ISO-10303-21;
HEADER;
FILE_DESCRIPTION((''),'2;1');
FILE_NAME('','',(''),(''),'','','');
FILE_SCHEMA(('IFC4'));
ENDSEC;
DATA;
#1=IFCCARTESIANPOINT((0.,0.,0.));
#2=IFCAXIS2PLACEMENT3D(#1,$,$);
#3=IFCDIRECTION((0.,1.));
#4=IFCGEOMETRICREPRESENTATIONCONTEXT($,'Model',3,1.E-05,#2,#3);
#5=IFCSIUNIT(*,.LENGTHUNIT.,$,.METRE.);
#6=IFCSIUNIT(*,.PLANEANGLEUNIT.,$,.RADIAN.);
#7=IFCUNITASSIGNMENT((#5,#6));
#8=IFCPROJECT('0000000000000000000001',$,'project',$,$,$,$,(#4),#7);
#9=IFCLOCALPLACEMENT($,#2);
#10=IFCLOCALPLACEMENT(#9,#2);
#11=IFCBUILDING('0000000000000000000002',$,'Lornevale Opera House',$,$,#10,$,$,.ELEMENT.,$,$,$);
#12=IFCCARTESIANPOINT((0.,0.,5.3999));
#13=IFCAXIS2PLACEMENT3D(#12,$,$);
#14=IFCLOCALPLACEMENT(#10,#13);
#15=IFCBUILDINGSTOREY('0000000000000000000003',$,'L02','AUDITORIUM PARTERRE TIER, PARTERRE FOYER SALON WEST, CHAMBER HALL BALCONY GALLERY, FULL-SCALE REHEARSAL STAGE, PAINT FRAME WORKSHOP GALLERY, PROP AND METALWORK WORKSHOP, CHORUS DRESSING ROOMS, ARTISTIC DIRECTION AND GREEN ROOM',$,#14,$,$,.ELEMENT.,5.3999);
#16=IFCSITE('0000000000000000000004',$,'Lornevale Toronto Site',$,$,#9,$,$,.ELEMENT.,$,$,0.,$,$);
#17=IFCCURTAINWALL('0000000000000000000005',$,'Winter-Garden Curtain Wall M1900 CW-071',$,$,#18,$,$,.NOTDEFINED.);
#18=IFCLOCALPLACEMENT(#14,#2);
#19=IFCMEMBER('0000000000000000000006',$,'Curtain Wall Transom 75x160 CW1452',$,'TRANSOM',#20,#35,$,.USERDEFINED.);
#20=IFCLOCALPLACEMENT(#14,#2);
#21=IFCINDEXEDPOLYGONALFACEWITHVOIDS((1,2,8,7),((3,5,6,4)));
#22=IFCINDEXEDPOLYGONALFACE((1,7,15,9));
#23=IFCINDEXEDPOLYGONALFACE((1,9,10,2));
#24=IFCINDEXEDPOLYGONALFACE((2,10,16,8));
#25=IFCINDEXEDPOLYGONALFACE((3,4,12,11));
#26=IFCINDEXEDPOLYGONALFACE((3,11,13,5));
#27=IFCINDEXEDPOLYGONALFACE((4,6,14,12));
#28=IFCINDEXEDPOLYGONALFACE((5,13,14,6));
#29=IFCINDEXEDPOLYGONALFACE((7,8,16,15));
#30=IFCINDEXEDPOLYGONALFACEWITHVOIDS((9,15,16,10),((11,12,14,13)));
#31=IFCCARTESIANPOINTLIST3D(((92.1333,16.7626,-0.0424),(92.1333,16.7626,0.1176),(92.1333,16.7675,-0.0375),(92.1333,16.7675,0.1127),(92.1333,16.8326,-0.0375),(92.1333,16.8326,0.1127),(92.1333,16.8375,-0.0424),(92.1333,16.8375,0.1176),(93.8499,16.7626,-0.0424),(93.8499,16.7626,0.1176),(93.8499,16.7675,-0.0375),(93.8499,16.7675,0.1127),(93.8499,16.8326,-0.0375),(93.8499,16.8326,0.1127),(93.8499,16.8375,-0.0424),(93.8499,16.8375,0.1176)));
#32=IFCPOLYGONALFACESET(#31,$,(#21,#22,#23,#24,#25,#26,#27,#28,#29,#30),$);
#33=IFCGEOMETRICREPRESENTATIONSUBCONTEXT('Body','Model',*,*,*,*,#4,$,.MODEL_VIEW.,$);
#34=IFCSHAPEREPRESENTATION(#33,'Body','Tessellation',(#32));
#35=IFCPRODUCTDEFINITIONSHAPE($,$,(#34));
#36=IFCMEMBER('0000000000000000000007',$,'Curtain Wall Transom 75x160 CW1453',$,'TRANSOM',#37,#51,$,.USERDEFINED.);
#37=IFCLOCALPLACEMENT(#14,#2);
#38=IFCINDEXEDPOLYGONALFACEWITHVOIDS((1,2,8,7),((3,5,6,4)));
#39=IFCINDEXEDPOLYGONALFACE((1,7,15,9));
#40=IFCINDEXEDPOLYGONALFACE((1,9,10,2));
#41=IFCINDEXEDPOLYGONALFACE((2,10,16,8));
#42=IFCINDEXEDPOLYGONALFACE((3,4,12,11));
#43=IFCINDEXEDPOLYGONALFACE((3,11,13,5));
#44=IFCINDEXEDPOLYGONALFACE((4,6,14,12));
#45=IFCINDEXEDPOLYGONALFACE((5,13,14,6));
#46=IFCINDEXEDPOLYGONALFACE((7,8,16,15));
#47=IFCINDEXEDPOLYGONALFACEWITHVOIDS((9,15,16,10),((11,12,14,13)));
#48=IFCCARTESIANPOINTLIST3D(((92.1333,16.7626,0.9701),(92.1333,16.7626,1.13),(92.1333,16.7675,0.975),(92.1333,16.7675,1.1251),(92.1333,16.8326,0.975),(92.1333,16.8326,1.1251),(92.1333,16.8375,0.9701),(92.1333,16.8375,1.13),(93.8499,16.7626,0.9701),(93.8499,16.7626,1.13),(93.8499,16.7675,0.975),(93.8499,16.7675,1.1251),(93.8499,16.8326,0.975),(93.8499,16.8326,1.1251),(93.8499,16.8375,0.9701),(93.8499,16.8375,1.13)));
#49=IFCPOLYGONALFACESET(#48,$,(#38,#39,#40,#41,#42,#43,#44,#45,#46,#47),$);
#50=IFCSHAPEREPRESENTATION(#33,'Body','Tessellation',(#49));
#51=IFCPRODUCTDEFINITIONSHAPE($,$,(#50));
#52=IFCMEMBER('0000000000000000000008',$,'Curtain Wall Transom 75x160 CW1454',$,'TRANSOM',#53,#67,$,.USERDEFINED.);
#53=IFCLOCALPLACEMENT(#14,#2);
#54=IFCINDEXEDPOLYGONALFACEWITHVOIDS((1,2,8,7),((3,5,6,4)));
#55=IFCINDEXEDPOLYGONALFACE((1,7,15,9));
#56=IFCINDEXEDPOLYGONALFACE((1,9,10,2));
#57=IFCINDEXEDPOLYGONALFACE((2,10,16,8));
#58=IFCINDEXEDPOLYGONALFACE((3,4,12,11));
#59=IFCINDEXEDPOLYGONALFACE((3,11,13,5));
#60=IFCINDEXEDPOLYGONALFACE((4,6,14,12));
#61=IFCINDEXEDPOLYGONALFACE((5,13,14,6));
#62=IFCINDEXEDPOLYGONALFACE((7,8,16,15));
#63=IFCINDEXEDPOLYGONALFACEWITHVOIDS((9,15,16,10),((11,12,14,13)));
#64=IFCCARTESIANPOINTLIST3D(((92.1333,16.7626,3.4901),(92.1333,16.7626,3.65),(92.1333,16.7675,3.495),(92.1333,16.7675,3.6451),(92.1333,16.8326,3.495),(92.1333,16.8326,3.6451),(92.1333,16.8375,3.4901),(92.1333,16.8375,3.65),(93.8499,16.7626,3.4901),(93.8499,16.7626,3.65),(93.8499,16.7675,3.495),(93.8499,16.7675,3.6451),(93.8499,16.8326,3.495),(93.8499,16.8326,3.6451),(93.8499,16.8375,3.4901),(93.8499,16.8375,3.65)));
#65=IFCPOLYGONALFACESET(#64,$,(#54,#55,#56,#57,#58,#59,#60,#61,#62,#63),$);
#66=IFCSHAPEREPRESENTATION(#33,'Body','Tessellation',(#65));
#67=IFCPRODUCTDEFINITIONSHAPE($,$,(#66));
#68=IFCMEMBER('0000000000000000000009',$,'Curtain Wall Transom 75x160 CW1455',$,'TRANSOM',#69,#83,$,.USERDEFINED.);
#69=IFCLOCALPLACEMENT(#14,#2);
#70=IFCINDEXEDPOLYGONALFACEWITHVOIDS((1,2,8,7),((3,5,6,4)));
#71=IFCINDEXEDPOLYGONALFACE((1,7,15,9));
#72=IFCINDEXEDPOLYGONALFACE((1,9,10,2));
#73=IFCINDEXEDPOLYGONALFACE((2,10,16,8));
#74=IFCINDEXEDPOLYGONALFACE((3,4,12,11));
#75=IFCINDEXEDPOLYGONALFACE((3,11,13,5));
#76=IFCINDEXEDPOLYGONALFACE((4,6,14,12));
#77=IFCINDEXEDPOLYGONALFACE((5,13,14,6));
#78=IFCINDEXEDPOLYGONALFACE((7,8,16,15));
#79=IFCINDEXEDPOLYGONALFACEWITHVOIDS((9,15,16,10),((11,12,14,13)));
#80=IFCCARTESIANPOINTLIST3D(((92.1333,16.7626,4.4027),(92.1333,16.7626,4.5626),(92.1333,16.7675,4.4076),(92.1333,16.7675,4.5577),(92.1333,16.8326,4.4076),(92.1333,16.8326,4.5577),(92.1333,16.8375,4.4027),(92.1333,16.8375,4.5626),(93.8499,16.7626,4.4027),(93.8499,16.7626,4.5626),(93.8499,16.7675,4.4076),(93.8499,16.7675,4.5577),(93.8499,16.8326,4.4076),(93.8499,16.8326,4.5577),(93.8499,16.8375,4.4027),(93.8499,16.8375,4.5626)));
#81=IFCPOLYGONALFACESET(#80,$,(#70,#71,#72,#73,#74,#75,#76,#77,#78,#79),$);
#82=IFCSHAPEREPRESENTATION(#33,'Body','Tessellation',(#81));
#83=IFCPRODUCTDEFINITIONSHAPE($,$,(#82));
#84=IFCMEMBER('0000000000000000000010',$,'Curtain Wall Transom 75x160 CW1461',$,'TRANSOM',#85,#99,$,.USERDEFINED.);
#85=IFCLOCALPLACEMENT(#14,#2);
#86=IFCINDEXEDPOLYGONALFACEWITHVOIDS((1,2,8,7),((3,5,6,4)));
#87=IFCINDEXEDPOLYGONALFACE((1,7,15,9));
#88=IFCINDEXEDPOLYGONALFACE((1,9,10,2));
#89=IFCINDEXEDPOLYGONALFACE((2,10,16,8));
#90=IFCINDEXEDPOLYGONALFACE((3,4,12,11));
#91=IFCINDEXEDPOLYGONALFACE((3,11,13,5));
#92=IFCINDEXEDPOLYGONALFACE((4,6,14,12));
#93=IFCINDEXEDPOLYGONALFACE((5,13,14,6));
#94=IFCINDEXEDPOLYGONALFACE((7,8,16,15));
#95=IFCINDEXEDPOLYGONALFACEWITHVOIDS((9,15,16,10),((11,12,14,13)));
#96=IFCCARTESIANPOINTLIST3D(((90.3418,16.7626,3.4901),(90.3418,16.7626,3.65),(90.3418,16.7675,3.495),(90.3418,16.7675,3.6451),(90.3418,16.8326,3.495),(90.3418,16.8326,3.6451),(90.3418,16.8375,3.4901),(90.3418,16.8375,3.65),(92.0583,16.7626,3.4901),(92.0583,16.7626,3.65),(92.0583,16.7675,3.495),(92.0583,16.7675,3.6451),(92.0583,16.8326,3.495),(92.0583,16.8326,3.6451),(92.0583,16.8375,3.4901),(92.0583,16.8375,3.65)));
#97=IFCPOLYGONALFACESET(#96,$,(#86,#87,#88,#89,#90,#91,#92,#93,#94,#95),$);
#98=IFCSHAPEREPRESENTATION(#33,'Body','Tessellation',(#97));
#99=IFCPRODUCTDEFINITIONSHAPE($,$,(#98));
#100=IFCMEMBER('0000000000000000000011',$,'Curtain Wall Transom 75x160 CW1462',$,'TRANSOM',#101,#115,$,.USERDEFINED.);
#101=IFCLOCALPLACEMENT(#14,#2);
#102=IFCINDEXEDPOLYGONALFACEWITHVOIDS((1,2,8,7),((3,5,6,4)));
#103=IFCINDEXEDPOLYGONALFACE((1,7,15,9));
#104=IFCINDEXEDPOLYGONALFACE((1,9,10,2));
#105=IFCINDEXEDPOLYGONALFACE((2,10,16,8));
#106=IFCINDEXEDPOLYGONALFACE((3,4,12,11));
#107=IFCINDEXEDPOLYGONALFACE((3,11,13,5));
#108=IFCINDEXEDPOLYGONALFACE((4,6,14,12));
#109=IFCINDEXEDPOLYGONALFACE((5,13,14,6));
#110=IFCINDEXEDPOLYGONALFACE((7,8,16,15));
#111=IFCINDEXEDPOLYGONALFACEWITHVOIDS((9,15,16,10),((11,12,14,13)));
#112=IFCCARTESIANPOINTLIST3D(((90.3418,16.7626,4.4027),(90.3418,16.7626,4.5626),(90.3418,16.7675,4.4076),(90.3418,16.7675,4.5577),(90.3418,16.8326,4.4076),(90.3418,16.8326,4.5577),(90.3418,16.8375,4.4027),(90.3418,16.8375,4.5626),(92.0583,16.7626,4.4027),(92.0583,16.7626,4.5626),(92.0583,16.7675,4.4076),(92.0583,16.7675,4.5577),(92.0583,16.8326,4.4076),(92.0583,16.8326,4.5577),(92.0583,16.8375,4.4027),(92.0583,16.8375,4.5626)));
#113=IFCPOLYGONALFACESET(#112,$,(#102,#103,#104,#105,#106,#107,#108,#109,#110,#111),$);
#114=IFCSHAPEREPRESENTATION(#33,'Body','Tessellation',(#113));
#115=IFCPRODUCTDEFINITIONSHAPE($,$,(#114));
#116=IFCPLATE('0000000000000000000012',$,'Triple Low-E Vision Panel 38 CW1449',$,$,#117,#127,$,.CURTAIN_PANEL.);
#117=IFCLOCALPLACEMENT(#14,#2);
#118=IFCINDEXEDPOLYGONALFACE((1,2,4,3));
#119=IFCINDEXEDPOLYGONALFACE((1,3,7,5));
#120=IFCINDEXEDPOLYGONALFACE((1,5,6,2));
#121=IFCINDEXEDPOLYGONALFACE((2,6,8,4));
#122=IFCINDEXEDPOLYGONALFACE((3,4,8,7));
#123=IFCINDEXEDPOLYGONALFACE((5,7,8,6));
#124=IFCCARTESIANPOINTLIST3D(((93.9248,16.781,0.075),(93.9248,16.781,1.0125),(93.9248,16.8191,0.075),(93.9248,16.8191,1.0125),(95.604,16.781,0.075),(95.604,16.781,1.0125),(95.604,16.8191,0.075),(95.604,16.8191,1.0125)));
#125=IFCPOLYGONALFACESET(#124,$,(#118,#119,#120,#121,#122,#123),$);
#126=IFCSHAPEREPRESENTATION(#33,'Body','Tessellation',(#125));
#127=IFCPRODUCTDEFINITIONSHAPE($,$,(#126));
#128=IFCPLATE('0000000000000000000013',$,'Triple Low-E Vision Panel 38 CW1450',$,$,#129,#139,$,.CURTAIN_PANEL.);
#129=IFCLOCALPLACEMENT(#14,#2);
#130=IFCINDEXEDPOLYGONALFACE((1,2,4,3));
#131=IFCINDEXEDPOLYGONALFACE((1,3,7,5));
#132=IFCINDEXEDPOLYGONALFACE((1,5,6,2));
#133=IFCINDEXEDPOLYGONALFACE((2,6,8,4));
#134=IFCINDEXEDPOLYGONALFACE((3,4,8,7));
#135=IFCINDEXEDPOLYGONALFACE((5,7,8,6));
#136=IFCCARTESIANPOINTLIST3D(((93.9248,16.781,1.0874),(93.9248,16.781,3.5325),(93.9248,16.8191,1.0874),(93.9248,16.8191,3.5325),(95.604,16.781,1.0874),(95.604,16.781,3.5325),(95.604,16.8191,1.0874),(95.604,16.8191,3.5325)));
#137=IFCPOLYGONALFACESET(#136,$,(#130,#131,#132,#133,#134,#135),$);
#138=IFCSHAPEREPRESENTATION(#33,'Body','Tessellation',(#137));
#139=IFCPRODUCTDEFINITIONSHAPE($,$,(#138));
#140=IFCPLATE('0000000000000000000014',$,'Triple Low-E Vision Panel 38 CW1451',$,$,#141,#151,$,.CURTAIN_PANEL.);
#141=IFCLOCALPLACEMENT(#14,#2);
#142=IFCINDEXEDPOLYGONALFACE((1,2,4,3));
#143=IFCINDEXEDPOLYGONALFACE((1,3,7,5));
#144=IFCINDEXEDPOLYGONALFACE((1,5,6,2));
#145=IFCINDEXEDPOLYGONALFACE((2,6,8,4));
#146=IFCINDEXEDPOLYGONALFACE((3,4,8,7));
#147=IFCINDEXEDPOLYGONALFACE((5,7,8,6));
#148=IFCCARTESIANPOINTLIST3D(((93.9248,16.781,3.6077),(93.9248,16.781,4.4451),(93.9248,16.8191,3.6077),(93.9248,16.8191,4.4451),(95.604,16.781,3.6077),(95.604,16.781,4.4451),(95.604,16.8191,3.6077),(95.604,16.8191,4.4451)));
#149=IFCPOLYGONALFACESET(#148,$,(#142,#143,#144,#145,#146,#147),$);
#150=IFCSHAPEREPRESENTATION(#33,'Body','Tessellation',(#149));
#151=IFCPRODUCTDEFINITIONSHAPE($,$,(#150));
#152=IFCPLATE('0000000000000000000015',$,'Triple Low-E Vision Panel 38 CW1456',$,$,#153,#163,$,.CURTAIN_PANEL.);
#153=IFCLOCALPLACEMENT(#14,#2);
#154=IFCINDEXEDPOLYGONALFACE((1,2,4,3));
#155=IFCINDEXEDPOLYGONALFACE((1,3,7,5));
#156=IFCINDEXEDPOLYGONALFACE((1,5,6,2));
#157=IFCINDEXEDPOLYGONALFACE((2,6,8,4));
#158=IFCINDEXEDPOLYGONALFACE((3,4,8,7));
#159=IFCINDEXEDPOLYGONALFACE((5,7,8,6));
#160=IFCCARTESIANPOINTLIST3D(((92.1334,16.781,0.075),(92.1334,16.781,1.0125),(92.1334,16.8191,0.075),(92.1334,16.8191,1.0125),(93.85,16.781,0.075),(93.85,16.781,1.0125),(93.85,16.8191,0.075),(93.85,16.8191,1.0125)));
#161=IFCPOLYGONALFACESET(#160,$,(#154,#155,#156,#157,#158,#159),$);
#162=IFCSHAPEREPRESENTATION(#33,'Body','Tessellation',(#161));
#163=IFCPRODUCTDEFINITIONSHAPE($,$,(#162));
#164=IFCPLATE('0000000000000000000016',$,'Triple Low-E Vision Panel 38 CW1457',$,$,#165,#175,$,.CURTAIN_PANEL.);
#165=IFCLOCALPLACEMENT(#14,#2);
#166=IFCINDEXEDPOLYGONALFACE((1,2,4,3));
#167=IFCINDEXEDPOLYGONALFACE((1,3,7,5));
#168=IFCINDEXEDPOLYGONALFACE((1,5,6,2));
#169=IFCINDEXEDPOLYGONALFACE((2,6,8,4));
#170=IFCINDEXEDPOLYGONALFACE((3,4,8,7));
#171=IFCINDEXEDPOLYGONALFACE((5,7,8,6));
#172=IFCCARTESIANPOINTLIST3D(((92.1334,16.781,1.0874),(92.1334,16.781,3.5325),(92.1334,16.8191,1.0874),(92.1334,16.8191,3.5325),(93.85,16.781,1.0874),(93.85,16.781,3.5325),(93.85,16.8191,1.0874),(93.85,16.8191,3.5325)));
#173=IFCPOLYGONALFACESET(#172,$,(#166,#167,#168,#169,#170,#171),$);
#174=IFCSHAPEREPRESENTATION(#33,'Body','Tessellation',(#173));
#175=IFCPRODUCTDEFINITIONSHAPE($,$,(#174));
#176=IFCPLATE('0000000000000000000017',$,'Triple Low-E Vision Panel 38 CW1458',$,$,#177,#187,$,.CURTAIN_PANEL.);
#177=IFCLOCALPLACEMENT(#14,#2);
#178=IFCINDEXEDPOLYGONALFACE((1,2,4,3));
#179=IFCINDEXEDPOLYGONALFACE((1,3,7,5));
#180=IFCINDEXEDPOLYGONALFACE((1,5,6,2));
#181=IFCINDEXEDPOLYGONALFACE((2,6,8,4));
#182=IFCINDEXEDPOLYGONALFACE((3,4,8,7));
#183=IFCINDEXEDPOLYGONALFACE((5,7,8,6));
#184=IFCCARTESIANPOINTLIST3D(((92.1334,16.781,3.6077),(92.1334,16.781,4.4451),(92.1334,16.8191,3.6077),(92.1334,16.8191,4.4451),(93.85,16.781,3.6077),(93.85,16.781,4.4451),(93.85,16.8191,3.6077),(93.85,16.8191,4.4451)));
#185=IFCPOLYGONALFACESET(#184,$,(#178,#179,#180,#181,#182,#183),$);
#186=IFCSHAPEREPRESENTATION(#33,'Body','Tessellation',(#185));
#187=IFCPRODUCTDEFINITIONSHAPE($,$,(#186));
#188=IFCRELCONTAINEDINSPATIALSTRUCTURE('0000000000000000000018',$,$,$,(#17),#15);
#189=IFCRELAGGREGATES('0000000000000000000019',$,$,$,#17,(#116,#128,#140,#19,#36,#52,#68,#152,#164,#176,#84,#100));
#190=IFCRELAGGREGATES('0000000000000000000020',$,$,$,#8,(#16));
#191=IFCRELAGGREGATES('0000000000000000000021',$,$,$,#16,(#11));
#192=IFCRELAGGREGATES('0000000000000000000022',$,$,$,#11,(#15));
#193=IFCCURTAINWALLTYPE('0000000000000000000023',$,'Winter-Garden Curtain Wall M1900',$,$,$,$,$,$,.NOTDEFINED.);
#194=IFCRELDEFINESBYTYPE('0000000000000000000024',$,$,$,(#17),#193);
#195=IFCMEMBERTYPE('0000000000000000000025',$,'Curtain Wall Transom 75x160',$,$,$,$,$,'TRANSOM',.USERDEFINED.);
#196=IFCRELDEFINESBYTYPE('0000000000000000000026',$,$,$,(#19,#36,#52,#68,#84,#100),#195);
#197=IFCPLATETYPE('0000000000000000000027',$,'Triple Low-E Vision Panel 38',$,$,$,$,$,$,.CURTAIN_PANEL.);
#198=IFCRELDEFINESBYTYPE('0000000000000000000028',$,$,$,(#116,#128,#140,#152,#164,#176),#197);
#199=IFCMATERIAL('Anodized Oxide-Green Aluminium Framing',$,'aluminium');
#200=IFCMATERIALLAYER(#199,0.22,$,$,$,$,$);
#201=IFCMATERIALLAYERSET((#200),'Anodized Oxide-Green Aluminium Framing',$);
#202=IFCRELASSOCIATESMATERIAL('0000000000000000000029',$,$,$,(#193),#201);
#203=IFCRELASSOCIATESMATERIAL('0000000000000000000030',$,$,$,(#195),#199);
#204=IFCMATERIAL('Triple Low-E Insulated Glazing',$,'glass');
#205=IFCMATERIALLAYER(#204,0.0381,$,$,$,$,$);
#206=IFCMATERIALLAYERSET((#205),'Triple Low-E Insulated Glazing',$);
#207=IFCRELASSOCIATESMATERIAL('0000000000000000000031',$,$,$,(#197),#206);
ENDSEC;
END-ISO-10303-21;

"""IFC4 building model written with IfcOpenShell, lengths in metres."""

from ifc_helpers import new_model, si_unit, direction, frame, origin, origin_2d, place, context, subcontext, project, spatial, rectangle, hollow_rectangle, extrude, material, layer, layer_set, material_profile, profile_set, type_object, element, aggregate, save


model = new_model("IFC4")

# Units and contexts
model_context = context("Model", 3, precision=1e-05, world=origin(), true_north=direction((0.0, 1.0)))
body_context = subcontext(model_context, "Body", "Model", "MODEL_VIEW")
ifc_project = project(units=[si_unit("LENGTHUNIT", "METRE"), si_unit("PLANEANGLEUNIT", "RADIAN")], contexts=[model_context])

# Site, building, storey
site_placement = place(None, origin())
site = spatial("IfcSite", under=ifc_project, at=site_placement, Name="Lornevale Toronto Site", CompositionType="ELEMENT", RefElevation=0.0)
building_placement = place(site_placement, origin())
building = spatial("IfcBuilding", under=site, at=building_placement, Name="Lornevale Opera House", CompositionType="ELEMENT")
storey_placement = place(building_placement, frame((0.0, 0.0, 5.3999)))
storey = spatial("IfcBuildingStorey", under=building, at=storey_placement, Name="L02", Description="AUDITORIUM PARTERRE TIER, PARTERRE FOYER SALON WEST, CHAMBER HALL BALCONY GALLERY, FULL-SCALE REHEARSAL STAGE, PAINT FRAME WORKSHOP GALLERY, PROP AND METALWORK WORKSHOP, CHORUS DRESSING ROOMS, ARTISTIC DIRECTION AND GREEN ROOM", CompositionType="ELEMENT", Elevation=5.3999)

# Curtain wall, members, plates
ifc_material_1 = material(Name="Anodized Oxide-Green Aluminium Framing", Category="aluminium")
ifc_layer_1 = layer(ifc_material_1, 0.22)
ifc_layer_set_1 = layer_set([ifc_layer_1], Name="Anodized Oxide-Green Aluminium Framing")
curtain_wall_type = type_object("IfcCurtainWallType", Name="Winter-Garden Curtain Wall M1900", PredefinedType="NOTDEFINED", material=ifc_layer_set_1)
curtain_wall_placement = place(storey_placement, origin())
curtain_wall = element("IfcCurtainWall", 1, at=curtain_wall_placement, inside=storey, type_object=curtain_wall_type, Name="Winter-Garden Curtain Wall M1900 CW-071", PredefinedType="NOTDEFINED")
ifc_material_profile_1 = material_profile(ifc_material_1, hollow_rectangle(XDim=0.075, YDim=0.1599, WallThickness=0.0049, at=origin_2d()), Name="ALU75x160x5")
ifc_profile_set_1 = profile_set([ifc_material_profile_1], Name="Anodized Oxide-Green Aluminium Framing")
member_type_1 = type_object("IfcMemberType", Name="Curtain Wall Transom 75x160", ElementType="TRANSOM", PredefinedType="USERDEFINED", material=ifc_profile_set_1)
member_1_placement = place(storey_placement, frame((93.8499, 16.8, 0.0376), z_axis=(-1.0, 0.0, 0.0), x_axis=(0.0, -1.0, 0.0)))
member_1 = element("IfcMember", 2, at=member_1_placement, type_object=member_type_1, Name="Curtain Wall Transom 75x160 CW1452", ObjectType="TRANSOM", PredefinedType="USERDEFINED", context=body_context, shape_type="SweptSolid", body=[
    extrude(hollow_rectangle(XDim=0.075, YDim=0.1599, WallThickness=0.0049, at=origin_2d()), origin(), (0.0, 0.0, 1.0), 1.7166),
])
member_2_placement = place(storey_placement, frame((93.8499, 16.8, 1.05), z_axis=(-1.0, 0.0, 0.0), x_axis=(0.0, -1.0, 0.0)))
member_2 = element("IfcMember", 3, at=member_2_placement, type_object=member_type_1, Name="Curtain Wall Transom 75x160 CW1453", ObjectType="TRANSOM", PredefinedType="USERDEFINED", context=body_context, shape_type="SweptSolid", body=[
    extrude(hollow_rectangle(XDim=0.075, YDim=0.1599, WallThickness=0.0049, at=origin_2d()), origin(), (0.0, 0.0, 1.0), 1.7166),
])
member_3_placement = place(storey_placement, frame((93.8499, 16.8, 3.5701), z_axis=(-1.0, 0.0, 0.0), x_axis=(0.0, -1.0, 0.0)))
member_3 = element("IfcMember", 4, at=member_3_placement, type_object=member_type_1, Name="Curtain Wall Transom 75x160 CW1454", ObjectType="TRANSOM", PredefinedType="USERDEFINED", context=body_context, shape_type="SweptSolid", body=[
    extrude(hollow_rectangle(XDim=0.075, YDim=0.1599, WallThickness=0.0049, at=origin_2d()), origin(), (0.0, 0.0, 1.0), 1.7166),
])
member_4_placement = place(storey_placement, frame((93.8499, 16.8, 4.4827), z_axis=(-1.0, 0.0, 0.0), x_axis=(0.0, -1.0, 0.0)))
member_4 = element("IfcMember", 5, at=member_4_placement, type_object=member_type_1, Name="Curtain Wall Transom 75x160 CW1455", ObjectType="TRANSOM", PredefinedType="USERDEFINED", context=body_context, shape_type="SweptSolid", body=[
    extrude(hollow_rectangle(XDim=0.075, YDim=0.1599, WallThickness=0.0049, at=origin_2d()), origin(), (0.0, 0.0, 1.0), 1.7166),
])
member_5_placement = place(storey_placement, frame((92.0583, 16.8, 3.5701), z_axis=(-1.0, 0.0, 0.0), x_axis=(0.0, -1.0, 0.0)))
member_5 = element("IfcMember", 6, at=member_5_placement, type_object=member_type_1, Name="Curtain Wall Transom 75x160 CW1461", ObjectType="TRANSOM", PredefinedType="USERDEFINED", context=body_context, shape_type="SweptSolid", body=[
    extrude(hollow_rectangle(XDim=0.075, YDim=0.1599, WallThickness=0.0049, at=origin_2d()), origin(), (0.0, 0.0, 1.0), 1.7166),
])
member_6_placement = place(storey_placement, frame((92.0583, 16.8, 4.4827), z_axis=(-1.0, 0.0, 0.0), x_axis=(0.0, -1.0, 0.0)))
member_6 = element("IfcMember", 7, at=member_6_placement, type_object=member_type_1, Name="Curtain Wall Transom 75x160 CW1462", ObjectType="TRANSOM", PredefinedType="USERDEFINED", context=body_context, shape_type="SweptSolid", body=[
    extrude(hollow_rectangle(XDim=0.075, YDim=0.1599, WallThickness=0.0049, at=origin_2d()), origin(), (0.0, 0.0, 1.0), 1.7166),
])
ifc_material_2 = material(Name="Triple Low-E Insulated Glazing", Category="glass")
ifc_layer_2 = layer(ifc_material_2, 0.0381)
ifc_layer_set_2 = layer_set([ifc_layer_2], Name="Triple Low-E Insulated Glazing")
plate_type = type_object("IfcPlateType", Name="Triple Low-E Vision Panel 38", PredefinedType="CURTAIN_PANEL", material=ifc_layer_set_2)
plate_1_placement = place(storey_placement, frame((94.7644, 16.8, 0.075), z_axis=(0.0, 0.0, 1.0), x_axis=(-1.0, 0.0, 0.0)))
plate_1 = element("IfcPlate", 8, at=plate_1_placement, type_object=plate_type, Name="Triple Low-E Vision Panel 38 CW1449", PredefinedType="CURTAIN_PANEL", context=body_context, shape_type="SweptSolid", body=[
    extrude(rectangle(XDim=1.6792, YDim=0.0381, at=origin_2d()), origin(), (0.0, 0.0, 1.0), 0.9375),
])
plate_2_placement = place(storey_placement, frame((94.7644, 16.8, 1.0874), z_axis=(0.0, 0.0, 1.0), x_axis=(-1.0, 0.0, 0.0)))
plate_2 = element("IfcPlate", 9, at=plate_2_placement, type_object=plate_type, Name="Triple Low-E Vision Panel 38 CW1450", PredefinedType="CURTAIN_PANEL", context=body_context, shape_type="SweptSolid", body=[
    extrude(rectangle(XDim=1.6792, YDim=0.0381, at=origin_2d()), origin(), (0.0, 0.0, 1.0), 2.4451),
])
plate_3_placement = place(storey_placement, frame((94.7644, 16.8, 3.6077), z_axis=(0.0, 0.0, 1.0), x_axis=(-1.0, 0.0, 0.0)))
plate_3 = element("IfcPlate", 10, at=plate_3_placement, type_object=plate_type, Name="Triple Low-E Vision Panel 38 CW1451", PredefinedType="CURTAIN_PANEL", context=body_context, shape_type="SweptSolid", body=[
    extrude(rectangle(XDim=1.6792, YDim=0.0381, at=origin_2d()), origin(), (0.0, 0.0, 1.0), 0.8374),
])
plate_4_placement = place(storey_placement, frame((92.9917, 16.8, 0.075), z_axis=(0.0, 0.0, 1.0), x_axis=(-1.0, 0.0, 0.0)))
plate_4 = element("IfcPlate", 11, at=plate_4_placement, type_object=plate_type, Name="Triple Low-E Vision Panel 38 CW1456", PredefinedType="CURTAIN_PANEL", context=body_context, shape_type="SweptSolid", body=[
    extrude(rectangle(XDim=1.7166, YDim=0.0381, at=origin_2d()), origin(), (0.0, 0.0, 1.0), 0.9375),
])
plate_5_placement = place(storey_placement, frame((92.9917, 16.8, 1.0874), z_axis=(0.0, 0.0, 1.0), x_axis=(-1.0, 0.0, 0.0)))
plate_5 = element("IfcPlate", 12, at=plate_5_placement, type_object=plate_type, Name="Triple Low-E Vision Panel 38 CW1457", PredefinedType="CURTAIN_PANEL", context=body_context, shape_type="SweptSolid", body=[
    extrude(rectangle(XDim=1.7166, YDim=0.0381, at=origin_2d()), origin(), (0.0, 0.0, 1.0), 2.4451),
])
plate_6_placement = place(storey_placement, frame((92.9917, 16.8, 3.6077), z_axis=(0.0, 0.0, 1.0), x_axis=(-1.0, 0.0, 0.0)))
plate_6 = element("IfcPlate", 13, at=plate_6_placement, type_object=plate_type, Name="Triple Low-E Vision Panel 38 CW1458", PredefinedType="CURTAIN_PANEL", context=body_context, shape_type="SweptSolid", body=[
    extrude(rectangle(XDim=1.7166, YDim=0.0381, at=origin_2d()), origin(), (0.0, 0.0, 1.0), 0.8374),
])
aggregate(curtain_wall, [plate_1, plate_2, plate_3, member_1, member_2, member_3, member_4, plate_4, plate_5, plate_6, member_5, member_6])

save(model, "model.ifc")
